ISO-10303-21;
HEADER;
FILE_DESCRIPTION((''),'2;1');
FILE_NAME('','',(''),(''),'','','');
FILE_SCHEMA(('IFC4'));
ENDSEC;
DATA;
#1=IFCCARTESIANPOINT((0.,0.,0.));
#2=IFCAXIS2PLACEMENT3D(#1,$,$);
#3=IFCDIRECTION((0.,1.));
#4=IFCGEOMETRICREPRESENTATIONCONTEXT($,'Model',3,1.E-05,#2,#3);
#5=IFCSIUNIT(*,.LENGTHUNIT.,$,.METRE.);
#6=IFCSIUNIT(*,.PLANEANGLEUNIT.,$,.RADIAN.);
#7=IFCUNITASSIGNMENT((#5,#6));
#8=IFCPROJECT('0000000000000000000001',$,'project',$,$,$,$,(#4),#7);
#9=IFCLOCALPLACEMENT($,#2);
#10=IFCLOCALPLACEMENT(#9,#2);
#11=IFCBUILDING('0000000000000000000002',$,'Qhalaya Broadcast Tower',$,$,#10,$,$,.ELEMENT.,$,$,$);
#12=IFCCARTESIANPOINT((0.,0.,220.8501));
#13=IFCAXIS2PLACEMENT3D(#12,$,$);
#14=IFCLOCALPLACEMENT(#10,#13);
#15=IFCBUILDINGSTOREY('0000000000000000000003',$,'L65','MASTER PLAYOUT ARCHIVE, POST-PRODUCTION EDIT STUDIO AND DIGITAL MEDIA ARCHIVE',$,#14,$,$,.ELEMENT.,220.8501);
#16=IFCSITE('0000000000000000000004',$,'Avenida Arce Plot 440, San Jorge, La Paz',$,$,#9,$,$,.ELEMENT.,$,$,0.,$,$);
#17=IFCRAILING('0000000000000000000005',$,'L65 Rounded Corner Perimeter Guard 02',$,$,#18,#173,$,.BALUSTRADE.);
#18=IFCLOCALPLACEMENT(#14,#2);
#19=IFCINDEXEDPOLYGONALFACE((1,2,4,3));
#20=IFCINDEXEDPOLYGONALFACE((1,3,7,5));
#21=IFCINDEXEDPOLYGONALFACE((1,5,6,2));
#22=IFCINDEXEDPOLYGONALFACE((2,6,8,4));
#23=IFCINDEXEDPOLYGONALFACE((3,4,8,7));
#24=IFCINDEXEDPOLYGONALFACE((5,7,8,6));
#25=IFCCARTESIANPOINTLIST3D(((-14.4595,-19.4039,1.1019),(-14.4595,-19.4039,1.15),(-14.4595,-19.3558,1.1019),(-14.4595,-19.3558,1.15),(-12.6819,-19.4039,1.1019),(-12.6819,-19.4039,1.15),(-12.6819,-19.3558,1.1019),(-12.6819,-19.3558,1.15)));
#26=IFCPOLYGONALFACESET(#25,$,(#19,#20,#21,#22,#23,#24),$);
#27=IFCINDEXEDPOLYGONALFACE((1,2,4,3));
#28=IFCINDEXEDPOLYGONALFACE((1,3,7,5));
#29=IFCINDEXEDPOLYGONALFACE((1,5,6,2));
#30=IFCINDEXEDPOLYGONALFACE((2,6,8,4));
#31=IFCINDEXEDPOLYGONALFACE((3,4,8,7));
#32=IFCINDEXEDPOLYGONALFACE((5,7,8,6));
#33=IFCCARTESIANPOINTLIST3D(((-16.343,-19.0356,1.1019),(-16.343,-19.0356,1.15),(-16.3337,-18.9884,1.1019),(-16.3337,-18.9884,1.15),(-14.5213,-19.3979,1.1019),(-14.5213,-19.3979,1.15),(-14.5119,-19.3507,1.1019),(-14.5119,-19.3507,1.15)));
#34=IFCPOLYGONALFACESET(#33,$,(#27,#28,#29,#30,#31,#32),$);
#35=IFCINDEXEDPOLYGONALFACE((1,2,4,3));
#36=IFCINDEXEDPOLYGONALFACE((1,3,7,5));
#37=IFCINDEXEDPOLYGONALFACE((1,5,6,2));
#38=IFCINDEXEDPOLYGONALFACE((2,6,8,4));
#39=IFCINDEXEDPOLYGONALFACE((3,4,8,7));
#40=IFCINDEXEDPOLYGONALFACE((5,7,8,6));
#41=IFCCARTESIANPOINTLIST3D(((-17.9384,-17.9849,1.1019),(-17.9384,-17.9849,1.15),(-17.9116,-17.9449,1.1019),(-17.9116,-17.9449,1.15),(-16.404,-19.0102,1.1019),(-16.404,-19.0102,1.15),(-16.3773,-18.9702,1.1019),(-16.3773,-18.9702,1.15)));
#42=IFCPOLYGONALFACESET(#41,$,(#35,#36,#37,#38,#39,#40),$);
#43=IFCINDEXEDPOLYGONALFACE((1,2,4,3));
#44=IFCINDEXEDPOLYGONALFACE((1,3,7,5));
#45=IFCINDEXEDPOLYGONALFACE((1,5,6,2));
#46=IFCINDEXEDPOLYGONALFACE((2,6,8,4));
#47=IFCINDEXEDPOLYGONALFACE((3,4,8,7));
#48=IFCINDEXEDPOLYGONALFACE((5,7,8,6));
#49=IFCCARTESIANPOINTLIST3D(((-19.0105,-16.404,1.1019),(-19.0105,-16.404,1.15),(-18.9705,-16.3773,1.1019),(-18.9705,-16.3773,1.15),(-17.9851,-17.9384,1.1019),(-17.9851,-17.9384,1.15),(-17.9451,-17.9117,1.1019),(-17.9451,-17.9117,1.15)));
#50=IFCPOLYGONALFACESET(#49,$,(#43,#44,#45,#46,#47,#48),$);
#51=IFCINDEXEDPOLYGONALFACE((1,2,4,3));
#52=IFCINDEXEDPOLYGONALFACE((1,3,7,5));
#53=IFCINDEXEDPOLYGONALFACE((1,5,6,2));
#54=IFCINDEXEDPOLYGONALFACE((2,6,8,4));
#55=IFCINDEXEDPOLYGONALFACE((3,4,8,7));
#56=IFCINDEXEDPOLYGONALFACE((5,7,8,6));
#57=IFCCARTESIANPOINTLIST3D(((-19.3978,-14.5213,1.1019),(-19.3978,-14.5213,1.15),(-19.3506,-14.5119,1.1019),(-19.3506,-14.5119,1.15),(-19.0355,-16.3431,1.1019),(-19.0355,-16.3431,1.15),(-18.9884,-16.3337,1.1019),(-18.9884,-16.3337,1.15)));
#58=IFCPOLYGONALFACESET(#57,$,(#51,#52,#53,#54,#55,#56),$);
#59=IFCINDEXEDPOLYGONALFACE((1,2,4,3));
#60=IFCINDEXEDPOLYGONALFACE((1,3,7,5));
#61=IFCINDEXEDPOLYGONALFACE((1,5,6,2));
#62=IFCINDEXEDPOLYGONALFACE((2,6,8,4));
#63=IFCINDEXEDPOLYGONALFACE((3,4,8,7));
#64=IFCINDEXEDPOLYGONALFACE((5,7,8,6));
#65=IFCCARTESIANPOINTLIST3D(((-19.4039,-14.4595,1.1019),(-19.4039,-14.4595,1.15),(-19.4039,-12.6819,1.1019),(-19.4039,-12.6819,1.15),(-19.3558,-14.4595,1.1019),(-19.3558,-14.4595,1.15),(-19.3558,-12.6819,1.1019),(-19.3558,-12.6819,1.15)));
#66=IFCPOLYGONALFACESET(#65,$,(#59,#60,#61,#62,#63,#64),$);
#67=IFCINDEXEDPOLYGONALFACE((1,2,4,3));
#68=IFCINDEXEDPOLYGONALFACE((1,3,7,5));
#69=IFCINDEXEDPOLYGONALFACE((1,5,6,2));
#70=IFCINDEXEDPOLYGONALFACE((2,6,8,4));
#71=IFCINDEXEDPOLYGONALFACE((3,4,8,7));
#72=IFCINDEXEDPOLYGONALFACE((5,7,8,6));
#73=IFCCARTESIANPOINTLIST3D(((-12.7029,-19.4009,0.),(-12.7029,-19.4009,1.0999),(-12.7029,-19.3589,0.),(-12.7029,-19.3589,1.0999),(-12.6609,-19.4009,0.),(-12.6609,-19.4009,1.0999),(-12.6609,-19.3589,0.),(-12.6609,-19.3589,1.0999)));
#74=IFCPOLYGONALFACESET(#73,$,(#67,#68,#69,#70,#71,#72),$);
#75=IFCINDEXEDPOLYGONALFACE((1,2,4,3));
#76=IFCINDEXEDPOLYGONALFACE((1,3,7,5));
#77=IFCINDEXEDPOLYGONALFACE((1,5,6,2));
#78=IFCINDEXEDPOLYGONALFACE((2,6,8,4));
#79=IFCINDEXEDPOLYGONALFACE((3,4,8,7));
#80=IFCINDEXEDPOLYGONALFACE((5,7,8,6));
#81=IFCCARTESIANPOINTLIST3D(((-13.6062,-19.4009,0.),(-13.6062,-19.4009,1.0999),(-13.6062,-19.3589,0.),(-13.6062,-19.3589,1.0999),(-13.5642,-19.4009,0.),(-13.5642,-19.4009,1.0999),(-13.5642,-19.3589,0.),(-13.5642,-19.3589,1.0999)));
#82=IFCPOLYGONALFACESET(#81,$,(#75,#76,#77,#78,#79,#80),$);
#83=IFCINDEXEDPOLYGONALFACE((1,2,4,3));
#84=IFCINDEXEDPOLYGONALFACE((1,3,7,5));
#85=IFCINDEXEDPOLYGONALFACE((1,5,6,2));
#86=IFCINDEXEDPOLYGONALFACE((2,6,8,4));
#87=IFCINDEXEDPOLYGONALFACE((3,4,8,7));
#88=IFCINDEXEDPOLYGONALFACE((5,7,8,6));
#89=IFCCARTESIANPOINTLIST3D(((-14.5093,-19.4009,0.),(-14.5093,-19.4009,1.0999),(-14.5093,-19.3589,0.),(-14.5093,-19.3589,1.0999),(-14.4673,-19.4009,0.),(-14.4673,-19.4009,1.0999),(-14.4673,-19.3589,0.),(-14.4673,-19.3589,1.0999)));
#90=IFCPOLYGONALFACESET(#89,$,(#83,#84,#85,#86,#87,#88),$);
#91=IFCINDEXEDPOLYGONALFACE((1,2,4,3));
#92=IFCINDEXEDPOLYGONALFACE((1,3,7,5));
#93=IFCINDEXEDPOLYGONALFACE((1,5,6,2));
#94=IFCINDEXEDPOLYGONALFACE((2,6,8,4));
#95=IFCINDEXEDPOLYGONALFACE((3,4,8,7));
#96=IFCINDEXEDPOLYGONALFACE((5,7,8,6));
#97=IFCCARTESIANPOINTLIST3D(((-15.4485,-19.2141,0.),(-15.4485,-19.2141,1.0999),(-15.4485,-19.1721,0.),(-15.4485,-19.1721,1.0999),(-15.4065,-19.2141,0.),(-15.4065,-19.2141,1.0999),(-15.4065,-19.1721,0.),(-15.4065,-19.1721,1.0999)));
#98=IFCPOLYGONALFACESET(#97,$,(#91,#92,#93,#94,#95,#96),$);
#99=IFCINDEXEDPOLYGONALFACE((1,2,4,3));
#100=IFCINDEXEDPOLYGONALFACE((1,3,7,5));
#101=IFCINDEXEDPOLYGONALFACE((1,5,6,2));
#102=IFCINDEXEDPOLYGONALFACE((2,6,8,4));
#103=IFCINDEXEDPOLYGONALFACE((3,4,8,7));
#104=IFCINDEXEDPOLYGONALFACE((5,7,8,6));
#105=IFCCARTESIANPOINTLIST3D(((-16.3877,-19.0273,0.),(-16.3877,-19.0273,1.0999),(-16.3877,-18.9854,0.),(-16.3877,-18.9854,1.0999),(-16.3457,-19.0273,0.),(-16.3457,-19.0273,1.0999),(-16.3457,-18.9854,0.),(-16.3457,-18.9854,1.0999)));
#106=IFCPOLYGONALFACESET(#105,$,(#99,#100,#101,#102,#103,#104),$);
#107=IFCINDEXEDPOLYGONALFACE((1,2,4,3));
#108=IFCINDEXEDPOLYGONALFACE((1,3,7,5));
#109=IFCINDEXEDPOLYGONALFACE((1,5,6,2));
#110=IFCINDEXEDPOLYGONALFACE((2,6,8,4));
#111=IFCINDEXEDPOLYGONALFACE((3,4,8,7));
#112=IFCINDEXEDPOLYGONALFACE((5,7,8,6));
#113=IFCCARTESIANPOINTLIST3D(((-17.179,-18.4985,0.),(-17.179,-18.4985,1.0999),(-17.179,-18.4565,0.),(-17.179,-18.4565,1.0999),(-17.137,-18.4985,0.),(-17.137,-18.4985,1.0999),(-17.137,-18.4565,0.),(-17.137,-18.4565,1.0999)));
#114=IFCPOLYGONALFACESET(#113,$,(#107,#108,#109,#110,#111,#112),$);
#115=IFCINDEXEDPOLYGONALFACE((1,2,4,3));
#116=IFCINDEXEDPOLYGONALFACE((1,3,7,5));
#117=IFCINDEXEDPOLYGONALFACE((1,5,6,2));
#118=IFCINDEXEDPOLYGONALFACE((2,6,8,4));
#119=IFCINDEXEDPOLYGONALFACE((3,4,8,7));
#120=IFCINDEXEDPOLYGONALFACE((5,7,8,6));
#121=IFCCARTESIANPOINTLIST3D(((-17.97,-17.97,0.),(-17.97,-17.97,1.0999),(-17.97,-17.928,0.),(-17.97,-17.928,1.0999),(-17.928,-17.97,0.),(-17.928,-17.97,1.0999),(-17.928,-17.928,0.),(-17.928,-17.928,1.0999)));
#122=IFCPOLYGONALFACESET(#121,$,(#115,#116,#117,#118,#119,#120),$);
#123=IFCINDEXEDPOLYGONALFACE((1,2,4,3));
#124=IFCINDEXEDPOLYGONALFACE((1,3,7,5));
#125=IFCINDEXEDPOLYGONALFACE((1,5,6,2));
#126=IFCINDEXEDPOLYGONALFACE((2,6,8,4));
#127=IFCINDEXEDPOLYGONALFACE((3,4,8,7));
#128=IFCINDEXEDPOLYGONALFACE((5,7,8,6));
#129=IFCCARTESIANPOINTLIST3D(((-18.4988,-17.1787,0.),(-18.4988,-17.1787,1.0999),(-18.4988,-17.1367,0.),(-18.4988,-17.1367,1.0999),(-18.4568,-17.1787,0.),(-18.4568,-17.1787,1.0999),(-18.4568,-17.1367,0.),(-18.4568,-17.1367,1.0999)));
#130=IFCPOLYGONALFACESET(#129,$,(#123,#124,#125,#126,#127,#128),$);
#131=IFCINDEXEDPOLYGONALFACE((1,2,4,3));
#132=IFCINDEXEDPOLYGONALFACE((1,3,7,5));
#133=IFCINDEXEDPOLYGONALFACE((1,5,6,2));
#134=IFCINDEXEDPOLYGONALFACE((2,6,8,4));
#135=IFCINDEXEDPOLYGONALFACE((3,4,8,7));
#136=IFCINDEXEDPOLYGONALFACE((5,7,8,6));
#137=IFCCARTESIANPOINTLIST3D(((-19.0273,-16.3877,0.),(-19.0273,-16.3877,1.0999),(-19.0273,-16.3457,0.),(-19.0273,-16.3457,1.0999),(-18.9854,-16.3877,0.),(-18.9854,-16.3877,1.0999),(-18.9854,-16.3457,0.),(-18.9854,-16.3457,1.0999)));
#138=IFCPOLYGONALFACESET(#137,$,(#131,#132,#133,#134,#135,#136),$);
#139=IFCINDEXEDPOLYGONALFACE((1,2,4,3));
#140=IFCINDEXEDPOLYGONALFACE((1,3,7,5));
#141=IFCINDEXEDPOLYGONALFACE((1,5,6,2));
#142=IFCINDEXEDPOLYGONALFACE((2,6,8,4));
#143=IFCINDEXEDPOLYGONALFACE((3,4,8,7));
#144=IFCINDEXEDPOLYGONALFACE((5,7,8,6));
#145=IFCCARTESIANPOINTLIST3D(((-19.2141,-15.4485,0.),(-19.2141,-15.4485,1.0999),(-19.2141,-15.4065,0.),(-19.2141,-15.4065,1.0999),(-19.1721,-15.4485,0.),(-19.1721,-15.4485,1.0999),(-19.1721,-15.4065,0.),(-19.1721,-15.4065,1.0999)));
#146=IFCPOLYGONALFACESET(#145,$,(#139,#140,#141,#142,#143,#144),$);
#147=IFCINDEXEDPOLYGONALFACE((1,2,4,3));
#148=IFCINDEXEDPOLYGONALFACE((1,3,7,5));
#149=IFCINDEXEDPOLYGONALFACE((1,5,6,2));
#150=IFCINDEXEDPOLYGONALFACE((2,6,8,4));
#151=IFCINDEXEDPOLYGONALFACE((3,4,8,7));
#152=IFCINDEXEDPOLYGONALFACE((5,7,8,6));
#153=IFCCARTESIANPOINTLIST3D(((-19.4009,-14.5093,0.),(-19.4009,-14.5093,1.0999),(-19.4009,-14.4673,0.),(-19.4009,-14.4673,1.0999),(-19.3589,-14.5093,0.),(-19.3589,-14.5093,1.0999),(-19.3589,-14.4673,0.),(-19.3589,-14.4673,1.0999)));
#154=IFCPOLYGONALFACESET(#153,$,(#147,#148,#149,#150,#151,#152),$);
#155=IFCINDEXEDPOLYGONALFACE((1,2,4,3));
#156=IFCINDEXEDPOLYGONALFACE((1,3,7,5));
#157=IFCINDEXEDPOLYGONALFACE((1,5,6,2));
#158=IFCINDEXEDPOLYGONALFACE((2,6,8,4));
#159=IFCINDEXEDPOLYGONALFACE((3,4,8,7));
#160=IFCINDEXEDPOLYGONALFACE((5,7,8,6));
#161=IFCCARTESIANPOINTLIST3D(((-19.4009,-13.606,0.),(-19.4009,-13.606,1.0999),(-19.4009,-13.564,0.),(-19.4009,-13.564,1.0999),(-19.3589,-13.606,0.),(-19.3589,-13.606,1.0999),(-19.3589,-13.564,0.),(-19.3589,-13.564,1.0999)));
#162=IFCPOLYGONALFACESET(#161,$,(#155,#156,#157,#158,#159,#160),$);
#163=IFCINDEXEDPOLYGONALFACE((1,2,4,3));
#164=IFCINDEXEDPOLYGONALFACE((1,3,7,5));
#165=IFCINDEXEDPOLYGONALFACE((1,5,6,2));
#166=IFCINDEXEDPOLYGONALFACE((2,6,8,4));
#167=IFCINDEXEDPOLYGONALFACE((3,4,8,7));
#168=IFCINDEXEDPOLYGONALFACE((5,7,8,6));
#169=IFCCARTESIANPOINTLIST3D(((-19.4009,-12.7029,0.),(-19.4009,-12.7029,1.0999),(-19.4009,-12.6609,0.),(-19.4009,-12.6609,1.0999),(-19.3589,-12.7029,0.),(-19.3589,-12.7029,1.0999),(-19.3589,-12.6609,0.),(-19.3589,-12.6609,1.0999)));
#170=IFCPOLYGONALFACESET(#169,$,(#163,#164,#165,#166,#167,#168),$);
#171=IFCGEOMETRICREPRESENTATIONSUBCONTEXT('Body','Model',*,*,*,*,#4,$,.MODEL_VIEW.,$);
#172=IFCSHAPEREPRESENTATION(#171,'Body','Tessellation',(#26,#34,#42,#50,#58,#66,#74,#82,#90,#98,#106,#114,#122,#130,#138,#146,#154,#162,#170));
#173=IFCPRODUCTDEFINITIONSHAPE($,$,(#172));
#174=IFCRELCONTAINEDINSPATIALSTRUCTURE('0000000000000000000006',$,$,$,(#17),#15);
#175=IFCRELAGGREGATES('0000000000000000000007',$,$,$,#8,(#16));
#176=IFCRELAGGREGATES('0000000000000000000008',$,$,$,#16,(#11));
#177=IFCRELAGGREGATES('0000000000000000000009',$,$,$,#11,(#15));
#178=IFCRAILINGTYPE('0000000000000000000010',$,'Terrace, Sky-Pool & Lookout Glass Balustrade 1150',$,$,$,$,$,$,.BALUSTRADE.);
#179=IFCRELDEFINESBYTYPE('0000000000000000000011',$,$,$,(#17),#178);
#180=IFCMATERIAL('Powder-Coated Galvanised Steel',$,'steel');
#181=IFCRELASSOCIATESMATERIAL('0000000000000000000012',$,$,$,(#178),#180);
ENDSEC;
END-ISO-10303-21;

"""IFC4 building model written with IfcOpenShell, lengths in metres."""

from ifc_helpers import new_model, si_unit, direction, frame, origin, origin_2d, place, context, subcontext, project, spatial, rectangle, extrude, material, type_object, element, save


model = new_model("IFC4")

# Units and contexts
model_context = context("Model", 3, precision=1e-05, world=origin(), true_north=direction((0.0, 1.0)))
body_context = subcontext(model_context, "Body", "Model", "MODEL_VIEW")
ifc_project = project(units=[si_unit("LENGTHUNIT", "METRE"), si_unit("PLANEANGLEUNIT", "RADIAN")], contexts=[model_context])

# Site, building, storey
site_placement = place(None, origin())
site = spatial("IfcSite", under=ifc_project, at=site_placement, Name="Avenida Arce Plot 440, San Jorge, La Paz", CompositionType="ELEMENT", RefElevation=0.0)
building_placement = place(site_placement, origin())
building = spatial("IfcBuilding", under=site, at=building_placement, Name="Qhalaya Broadcast Tower", CompositionType="ELEMENT")
storey_placement = place(building_placement, frame((0.0, 0.0, 220.8501)))
storey = spatial("IfcBuildingStorey", under=building, at=storey_placement, Name="L65", Description="MASTER PLAYOUT ARCHIVE, POST-PRODUCTION EDIT STUDIO AND DIGITAL MEDIA ARCHIVE", CompositionType="ELEMENT", Elevation=220.8501)

# Railing
ifc_material_1 = material(Name="Powder-Coated Galvanised Steel", Category="steel")
railing_type = type_object("IfcRailingType", Name="Terrace, Sky-Pool & Lookout Glass Balustrade 1150", PredefinedType="BALUSTRADE", material=ifc_material_1)
railing_placement = place(storey_placement, frame((-12.6819, -19.3799, 0.0)))
element("IfcRailing", 1, at=railing_placement, inside=storey, type_object=railing_type, Name="L65 Rounded Corner Perimeter Guard 02", PredefinedType="BALUSTRADE", context=body_context, shape_type="SweptSolid", body=[
    extrude(rectangle(XDim=0.0481, YDim=0.0481, at=origin_2d()), frame((0.0, 0.0, 1.126), z_axis=(-1.0, 0.0, 0.0), x_axis=(0.0, -1.0, 0.0)), (0.0, 0.0, 1.0), 1.7776),
    extrude(rectangle(XDim=0.0481, YDim=0.0481, at=origin_2d()), frame((-1.8347, 0.0056, 1.126), z_axis=(-0.980796, 0.195037, 0.0), x_axis=(-0.195037, -0.980796, 0.0)), (0.0, 0.0, 1.0), 1.8574),
    extrude(rectangle(XDim=0.0481, YDim=0.0481, at=origin_2d()), frame((-3.7087, 0.3896, 1.126), z_axis=(-0.831438, 0.555618, 0.0), x_axis=(-0.555618, -0.831438, 0.0)), (0.0, 0.0, 1.0), 1.8455),
    extrude(rectangle(XDim=0.0481, YDim=0.0481, at=origin_2d()), frame((-5.2832, 1.4548, 1.126), z_axis=(-0.555618, 0.831438, 0.0), x_axis=(-0.831438, -0.555618, 0.0)), (0.0, 0.0, 1.0), 1.8455),
    extrude(rectangle(XDim=0.0481, YDim=0.0481, at=origin_2d()), frame((-6.3301, 3.0415, 1.126), z_axis=(-0.195037, 0.980796, 0.0), x_axis=(-0.980796, -0.195037, 0.0)), (0.0, 0.0, 1.0), 1.8574),
    extrude(rectangle(XDim=0.0481, YDim=0.0481, at=origin_2d()), frame((-6.698, 4.9204, 1.126), z_axis=(0.0, 1.0, 0.0), x_axis=(-1.0, 0.0, 0.0)), (0.0, 0.0, 1.0), 1.7776),
    extrude(rectangle(XDim=0.042, YDim=0.042, at=origin_2d()), origin(), (0.0, 0.0, 1.0), 1.0999),
    extrude(rectangle(XDim=0.042, YDim=0.042, at=origin_2d()), frame((-0.9033, 0.0, 0.0)), (0.0, 0.0, 1.0), 1.0999),
    extrude(rectangle(XDim=0.042, YDim=0.042, at=origin_2d()), frame((-1.8064, 0.0, 0.0)), (0.0, 0.0, 1.0), 1.0999),
    extrude(rectangle(XDim=0.042, YDim=0.042, at=origin_2d()), frame((-2.7456, 0.1868, 0.0)), (0.0, 0.0, 1.0), 1.0999),
    extrude(rectangle(XDim=0.042, YDim=0.042, at=origin_2d()), frame((-3.6848, 0.3735, 0.0)), (0.0, 0.0, 1.0), 1.0999),
    extrude(rectangle(XDim=0.042, YDim=0.042, at=origin_2d()), frame((-4.4761, 0.9023, 0.0)), (0.0, 0.0, 1.0), 1.0999),
    extrude(rectangle(XDim=0.042, YDim=0.042, at=origin_2d()), frame((-5.2671, 1.4309, 0.0)), (0.0, 0.0, 1.0), 1.0999),
    extrude(rectangle(XDim=0.042, YDim=0.042, at=origin_2d()), frame((-5.7959, 2.2222, 0.0)), (0.0, 0.0, 1.0), 1.0999),
    extrude(rectangle(XDim=0.042, YDim=0.042, at=origin_2d()), frame((-6.3245, 3.0132, 0.0)), (0.0, 0.0, 1.0), 1.0999),
    extrude(rectangle(XDim=0.042, YDim=0.042, at=origin_2d()), frame((-6.5112, 3.9524, 0.0)), (0.0, 0.0, 1.0), 1.0999),
    extrude(rectangle(XDim=0.042, YDim=0.042, at=origin_2d()), frame((-6.698, 4.8916, 0.0)), (0.0, 0.0, 1.0), 1.0999),
    extrude(rectangle(XDim=0.042, YDim=0.042, at=origin_2d()), frame((-6.698, 5.7949, 0.0)), (0.0, 0.0, 1.0), 1.0999),
    extrude(rectangle(XDim=0.042, YDim=0.042, at=origin_2d()), frame((-6.698, 6.698, 0.0)), (0.0, 0.0, 1.0), 1.0999),
])

save(model, "model.ifc")
